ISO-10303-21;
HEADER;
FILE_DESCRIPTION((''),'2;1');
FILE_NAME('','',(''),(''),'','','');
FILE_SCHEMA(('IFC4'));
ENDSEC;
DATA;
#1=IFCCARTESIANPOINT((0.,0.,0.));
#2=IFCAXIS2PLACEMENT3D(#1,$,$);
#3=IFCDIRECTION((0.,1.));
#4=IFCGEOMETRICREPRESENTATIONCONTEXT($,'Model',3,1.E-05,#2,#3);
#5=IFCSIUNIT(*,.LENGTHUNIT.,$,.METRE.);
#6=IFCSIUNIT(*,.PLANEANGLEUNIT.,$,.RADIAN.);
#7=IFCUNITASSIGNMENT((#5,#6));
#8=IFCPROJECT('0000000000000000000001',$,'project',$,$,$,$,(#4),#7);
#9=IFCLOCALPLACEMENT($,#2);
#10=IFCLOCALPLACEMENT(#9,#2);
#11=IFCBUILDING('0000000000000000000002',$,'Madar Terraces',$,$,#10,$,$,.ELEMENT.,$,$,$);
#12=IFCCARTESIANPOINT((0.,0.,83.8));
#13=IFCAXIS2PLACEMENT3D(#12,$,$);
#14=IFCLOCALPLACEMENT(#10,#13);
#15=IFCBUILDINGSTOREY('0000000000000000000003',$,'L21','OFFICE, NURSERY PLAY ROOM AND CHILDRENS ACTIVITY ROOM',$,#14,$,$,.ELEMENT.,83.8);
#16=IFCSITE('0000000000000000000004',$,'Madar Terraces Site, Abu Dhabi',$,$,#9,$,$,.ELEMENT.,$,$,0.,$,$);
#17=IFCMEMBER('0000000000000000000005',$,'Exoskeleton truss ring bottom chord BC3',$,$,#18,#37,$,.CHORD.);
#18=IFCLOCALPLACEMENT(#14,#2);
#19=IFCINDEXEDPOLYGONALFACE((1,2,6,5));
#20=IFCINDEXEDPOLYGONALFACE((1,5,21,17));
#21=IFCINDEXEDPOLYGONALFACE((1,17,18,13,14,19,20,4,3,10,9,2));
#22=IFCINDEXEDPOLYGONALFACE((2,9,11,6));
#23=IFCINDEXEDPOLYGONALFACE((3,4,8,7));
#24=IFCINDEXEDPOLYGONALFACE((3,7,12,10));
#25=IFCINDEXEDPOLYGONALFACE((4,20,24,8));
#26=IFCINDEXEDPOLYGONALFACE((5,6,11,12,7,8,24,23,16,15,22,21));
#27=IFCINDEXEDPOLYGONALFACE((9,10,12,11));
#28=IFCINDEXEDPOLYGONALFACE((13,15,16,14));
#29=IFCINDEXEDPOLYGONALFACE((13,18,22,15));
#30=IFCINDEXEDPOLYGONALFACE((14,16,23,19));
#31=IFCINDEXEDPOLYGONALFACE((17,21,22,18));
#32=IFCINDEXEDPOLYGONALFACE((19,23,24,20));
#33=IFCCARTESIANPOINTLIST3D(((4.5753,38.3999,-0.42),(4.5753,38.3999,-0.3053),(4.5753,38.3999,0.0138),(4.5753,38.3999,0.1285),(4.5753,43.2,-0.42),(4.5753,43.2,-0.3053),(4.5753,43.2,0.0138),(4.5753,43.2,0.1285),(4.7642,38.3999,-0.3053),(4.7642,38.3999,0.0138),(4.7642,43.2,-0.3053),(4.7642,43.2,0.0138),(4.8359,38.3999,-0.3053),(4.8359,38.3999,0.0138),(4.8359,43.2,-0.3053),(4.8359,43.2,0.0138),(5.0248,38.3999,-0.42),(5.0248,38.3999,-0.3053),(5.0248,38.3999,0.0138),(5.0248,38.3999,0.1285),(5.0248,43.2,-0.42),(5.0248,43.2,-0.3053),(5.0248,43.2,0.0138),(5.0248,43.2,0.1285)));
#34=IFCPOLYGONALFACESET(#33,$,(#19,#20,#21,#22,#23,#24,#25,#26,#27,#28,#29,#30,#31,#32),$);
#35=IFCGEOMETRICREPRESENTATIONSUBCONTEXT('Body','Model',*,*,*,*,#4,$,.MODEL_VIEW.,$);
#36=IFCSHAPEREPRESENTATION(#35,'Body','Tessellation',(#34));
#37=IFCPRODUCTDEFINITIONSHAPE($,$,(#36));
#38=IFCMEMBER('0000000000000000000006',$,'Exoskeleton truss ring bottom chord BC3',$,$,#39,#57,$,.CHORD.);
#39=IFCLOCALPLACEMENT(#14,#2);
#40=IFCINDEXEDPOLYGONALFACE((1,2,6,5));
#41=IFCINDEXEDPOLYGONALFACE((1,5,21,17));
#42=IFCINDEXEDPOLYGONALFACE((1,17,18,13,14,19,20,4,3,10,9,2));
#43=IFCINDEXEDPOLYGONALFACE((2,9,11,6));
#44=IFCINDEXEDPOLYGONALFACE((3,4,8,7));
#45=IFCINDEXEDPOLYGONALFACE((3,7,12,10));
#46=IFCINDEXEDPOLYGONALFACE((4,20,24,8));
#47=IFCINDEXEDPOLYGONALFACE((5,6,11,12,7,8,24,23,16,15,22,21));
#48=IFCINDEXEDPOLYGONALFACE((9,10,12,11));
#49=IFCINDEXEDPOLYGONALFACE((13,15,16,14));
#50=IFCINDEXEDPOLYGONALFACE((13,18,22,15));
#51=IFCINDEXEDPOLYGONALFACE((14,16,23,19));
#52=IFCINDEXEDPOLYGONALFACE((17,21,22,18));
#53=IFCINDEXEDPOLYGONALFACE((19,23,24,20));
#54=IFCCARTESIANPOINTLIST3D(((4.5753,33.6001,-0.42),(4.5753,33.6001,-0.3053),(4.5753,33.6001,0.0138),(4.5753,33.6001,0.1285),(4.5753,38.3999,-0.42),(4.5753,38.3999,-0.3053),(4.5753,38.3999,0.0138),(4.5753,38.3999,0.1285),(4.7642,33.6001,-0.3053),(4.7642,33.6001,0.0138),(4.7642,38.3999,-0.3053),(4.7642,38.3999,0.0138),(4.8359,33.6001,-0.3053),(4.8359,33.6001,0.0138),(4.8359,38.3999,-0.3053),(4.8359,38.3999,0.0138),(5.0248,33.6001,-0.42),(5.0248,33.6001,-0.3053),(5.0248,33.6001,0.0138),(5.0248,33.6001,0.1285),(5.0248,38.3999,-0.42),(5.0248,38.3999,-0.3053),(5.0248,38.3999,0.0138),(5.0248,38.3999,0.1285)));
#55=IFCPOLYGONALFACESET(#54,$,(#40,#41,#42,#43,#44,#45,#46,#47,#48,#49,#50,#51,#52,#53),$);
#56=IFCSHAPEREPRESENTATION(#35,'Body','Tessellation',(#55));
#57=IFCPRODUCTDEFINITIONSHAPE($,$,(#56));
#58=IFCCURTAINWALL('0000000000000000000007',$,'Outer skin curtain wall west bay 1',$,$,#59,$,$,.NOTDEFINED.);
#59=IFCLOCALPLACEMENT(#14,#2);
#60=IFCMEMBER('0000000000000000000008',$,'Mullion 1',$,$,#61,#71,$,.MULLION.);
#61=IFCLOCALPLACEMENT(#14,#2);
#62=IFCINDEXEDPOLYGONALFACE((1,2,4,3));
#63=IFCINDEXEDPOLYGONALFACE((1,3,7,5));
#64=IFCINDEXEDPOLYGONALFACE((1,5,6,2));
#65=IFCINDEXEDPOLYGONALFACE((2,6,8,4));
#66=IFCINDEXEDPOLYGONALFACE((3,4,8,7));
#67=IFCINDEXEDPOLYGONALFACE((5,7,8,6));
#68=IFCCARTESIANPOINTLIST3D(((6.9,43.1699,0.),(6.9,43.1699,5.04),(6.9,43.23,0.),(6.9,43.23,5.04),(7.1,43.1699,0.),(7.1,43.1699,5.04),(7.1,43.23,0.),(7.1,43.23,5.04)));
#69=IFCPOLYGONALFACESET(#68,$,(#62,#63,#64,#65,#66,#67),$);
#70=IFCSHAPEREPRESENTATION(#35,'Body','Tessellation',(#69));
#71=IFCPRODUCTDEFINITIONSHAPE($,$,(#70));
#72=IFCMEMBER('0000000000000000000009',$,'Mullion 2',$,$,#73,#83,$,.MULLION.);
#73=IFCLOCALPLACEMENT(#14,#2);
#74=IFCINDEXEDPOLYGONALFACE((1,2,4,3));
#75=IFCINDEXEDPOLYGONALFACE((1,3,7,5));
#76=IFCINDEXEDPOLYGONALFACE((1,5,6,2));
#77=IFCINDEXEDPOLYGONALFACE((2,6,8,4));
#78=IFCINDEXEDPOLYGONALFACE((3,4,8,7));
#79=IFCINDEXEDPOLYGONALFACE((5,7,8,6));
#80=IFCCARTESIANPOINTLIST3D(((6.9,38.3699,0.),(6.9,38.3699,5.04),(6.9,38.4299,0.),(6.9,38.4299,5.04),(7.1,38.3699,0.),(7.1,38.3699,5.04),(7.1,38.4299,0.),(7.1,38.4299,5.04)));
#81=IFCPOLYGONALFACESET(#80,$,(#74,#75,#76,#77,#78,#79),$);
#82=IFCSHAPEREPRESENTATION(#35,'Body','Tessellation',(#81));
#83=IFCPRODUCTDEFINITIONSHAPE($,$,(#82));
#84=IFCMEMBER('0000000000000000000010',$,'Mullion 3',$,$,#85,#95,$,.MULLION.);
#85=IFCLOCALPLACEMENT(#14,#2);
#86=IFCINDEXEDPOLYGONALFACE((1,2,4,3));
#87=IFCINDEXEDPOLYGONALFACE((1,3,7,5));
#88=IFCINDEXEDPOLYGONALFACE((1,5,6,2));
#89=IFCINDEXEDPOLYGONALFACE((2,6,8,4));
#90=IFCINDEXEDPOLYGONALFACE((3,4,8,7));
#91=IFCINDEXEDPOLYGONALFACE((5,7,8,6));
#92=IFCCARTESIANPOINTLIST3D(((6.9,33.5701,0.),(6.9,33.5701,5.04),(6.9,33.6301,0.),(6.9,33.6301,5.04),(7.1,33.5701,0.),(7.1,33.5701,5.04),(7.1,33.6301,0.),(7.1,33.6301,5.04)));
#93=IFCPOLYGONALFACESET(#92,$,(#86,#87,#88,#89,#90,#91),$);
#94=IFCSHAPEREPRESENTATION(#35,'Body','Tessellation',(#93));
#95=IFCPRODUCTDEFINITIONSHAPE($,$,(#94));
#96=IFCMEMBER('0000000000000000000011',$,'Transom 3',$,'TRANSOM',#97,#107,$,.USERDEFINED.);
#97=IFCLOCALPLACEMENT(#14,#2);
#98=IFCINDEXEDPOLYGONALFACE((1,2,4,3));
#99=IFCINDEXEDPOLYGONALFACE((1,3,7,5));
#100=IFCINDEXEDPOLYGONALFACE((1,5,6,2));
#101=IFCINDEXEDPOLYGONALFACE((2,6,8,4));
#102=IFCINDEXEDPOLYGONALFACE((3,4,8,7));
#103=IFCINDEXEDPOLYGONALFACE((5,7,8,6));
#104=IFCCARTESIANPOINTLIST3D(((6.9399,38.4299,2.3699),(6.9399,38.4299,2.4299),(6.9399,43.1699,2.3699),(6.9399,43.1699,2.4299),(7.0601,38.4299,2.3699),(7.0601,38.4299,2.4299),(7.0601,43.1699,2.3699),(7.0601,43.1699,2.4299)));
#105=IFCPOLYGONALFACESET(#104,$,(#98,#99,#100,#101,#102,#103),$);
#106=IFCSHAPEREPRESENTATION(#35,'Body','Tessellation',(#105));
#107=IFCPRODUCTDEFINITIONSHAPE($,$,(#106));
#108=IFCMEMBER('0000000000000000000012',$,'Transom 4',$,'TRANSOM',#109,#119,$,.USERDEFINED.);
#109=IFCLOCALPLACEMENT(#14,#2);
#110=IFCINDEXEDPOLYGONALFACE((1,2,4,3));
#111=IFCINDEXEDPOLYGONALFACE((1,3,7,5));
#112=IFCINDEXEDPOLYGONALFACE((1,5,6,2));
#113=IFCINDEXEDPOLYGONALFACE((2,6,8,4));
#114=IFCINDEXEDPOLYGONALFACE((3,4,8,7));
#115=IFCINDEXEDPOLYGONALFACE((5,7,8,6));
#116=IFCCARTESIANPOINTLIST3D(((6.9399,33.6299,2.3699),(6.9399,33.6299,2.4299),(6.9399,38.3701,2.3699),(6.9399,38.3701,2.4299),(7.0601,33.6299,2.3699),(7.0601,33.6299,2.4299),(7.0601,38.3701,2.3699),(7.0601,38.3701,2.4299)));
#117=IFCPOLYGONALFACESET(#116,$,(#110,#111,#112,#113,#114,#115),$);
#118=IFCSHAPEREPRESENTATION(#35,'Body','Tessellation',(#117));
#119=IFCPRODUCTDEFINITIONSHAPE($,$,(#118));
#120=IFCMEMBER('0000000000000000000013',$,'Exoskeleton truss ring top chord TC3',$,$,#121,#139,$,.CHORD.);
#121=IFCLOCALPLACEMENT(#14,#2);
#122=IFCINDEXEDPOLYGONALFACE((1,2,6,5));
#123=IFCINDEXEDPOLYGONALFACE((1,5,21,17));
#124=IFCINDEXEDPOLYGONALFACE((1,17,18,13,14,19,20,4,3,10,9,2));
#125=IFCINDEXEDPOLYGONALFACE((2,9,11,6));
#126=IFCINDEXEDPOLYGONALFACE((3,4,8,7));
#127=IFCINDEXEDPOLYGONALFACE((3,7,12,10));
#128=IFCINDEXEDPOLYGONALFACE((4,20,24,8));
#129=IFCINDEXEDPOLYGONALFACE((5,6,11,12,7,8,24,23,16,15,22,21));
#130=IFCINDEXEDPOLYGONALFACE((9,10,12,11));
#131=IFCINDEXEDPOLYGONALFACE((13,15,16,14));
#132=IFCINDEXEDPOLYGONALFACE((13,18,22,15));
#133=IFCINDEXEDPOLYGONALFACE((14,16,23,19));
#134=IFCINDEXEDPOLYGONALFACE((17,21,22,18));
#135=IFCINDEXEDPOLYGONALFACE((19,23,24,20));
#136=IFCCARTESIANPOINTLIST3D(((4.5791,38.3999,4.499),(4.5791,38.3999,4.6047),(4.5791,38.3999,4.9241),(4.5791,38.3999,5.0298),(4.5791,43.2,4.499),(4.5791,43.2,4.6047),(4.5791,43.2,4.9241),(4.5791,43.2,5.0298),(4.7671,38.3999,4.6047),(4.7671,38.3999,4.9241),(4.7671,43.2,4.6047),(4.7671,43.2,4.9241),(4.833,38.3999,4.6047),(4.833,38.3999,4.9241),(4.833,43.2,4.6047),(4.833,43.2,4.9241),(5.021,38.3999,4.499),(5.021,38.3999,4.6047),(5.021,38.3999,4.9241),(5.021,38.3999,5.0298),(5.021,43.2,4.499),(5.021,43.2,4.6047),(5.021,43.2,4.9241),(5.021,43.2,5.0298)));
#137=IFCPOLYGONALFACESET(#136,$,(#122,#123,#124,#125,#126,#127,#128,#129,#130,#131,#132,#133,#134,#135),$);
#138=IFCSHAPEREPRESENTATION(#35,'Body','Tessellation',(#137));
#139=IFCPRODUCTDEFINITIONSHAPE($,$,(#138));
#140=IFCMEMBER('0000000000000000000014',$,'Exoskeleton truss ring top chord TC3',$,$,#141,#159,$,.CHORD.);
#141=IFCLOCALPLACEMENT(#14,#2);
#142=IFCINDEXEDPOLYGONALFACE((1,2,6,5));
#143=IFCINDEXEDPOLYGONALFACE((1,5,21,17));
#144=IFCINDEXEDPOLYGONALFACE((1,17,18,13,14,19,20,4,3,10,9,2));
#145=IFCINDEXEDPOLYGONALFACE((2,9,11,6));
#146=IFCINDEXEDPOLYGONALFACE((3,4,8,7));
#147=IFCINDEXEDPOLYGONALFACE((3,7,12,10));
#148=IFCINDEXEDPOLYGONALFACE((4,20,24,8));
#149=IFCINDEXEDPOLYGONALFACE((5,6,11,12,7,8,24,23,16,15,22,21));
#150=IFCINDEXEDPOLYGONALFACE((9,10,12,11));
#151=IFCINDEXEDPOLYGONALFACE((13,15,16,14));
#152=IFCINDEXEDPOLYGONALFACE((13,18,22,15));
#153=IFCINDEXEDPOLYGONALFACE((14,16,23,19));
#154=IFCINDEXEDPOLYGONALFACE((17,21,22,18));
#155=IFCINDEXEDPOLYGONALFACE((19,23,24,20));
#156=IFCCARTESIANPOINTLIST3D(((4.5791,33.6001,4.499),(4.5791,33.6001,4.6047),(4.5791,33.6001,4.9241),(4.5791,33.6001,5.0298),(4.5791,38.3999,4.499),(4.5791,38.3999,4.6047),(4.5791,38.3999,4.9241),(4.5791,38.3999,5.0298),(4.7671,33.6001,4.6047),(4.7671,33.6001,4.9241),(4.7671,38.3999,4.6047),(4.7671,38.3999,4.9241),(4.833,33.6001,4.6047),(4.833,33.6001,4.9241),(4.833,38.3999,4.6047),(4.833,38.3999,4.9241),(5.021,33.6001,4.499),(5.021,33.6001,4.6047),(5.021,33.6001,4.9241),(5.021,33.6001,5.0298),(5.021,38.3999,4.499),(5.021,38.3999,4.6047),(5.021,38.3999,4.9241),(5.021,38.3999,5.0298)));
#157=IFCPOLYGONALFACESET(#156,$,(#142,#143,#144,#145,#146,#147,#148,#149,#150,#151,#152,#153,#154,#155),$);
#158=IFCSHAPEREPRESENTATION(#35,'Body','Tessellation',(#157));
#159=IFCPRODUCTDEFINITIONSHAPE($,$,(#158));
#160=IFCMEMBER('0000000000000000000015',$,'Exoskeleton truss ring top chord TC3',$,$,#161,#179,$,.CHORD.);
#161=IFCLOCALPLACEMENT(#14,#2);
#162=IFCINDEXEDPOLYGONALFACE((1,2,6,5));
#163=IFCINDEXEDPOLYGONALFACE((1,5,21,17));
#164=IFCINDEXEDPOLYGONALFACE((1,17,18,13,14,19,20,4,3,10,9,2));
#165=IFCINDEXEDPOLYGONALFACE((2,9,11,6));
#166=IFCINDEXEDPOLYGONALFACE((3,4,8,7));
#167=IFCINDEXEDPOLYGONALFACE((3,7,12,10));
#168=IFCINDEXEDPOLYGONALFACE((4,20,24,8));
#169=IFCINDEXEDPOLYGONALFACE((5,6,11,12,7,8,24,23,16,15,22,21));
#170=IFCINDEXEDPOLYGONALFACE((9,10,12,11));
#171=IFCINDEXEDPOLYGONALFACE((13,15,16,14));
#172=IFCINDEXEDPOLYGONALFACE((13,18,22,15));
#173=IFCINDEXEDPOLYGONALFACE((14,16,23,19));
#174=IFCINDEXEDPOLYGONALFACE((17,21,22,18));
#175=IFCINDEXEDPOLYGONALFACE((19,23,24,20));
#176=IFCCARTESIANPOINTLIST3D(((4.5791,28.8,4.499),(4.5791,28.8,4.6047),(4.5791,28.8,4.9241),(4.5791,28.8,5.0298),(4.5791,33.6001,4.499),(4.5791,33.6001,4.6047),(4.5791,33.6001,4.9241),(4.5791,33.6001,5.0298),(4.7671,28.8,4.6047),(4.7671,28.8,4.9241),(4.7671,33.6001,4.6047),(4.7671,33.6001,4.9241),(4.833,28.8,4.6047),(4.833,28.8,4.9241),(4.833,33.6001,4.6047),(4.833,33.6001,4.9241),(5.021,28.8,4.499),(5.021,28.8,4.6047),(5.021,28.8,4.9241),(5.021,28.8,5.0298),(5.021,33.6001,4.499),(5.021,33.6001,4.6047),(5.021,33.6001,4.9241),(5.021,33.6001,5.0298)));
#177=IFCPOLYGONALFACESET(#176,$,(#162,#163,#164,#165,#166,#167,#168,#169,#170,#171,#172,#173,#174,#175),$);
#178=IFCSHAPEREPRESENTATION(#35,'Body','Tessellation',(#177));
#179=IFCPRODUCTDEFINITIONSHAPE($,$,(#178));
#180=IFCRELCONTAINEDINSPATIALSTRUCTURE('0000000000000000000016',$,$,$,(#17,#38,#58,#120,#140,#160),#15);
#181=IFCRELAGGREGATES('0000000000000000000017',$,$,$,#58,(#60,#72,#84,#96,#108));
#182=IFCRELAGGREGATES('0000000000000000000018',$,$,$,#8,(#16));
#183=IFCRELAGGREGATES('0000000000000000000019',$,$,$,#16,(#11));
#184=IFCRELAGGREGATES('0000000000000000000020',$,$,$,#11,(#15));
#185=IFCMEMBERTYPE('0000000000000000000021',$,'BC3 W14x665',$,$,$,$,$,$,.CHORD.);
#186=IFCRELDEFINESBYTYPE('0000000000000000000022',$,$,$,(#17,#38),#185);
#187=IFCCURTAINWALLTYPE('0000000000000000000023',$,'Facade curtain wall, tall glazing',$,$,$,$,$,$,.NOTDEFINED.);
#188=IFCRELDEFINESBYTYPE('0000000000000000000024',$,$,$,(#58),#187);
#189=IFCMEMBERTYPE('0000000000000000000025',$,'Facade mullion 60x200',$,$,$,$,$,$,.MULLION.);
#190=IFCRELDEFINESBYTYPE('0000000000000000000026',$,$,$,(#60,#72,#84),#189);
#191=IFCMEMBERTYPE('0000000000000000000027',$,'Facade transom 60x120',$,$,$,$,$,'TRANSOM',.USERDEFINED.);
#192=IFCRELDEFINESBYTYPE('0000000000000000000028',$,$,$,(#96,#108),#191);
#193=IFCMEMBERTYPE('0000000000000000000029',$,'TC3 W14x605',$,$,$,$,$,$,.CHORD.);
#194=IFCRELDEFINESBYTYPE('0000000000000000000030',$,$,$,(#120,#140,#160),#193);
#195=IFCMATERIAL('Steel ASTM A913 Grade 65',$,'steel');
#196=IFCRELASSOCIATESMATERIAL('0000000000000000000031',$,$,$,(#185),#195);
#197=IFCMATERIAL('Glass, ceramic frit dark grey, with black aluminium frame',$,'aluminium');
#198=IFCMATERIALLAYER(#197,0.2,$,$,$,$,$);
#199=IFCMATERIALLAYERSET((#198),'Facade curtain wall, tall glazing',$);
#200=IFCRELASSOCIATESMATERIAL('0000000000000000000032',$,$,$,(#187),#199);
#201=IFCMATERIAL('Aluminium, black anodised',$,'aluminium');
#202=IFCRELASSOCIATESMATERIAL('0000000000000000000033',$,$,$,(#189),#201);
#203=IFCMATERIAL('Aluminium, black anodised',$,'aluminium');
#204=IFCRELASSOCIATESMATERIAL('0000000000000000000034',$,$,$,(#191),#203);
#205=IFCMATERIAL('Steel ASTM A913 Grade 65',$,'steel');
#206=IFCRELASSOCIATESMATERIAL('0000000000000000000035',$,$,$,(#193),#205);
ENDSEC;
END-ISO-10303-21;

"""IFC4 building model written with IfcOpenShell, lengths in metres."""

from ifc_helpers import new_model, si_unit, direction, frame, origin, origin_2d, place, context, subcontext, project, spatial, rectangle, i_section, extrude, material, layer, layer_set, material_profile, profile_set, type_object, element, aggregate, save


model = new_model("IFC4")

# Units and contexts
model_context = context("Model", 3, precision=1e-05, world=origin(), true_north=direction((0.0, 1.0)))
body_context = subcontext(model_context, "Body", "Model", "MODEL_VIEW")
ifc_project = project(units=[si_unit("LENGTHUNIT", "METRE"), si_unit("PLANEANGLEUNIT", "RADIAN")], contexts=[model_context])

# Site, building, storey
site_placement = place(None, origin())
site = spatial("IfcSite", under=ifc_project, at=site_placement, Name="Madar Terraces Site, Abu Dhabi", CompositionType="ELEMENT", RefElevation=0.0)
building_placement = place(site_placement, origin())
building = spatial("IfcBuilding", under=site, at=building_placement, Name="Madar Terraces", CompositionType="ELEMENT")
storey_placement = place(building_placement, frame((0.0, 0.0, 83.8)))
storey = spatial("IfcBuildingStorey", under=building, at=storey_placement, Name="L21", Description="OFFICE, NURSERY PLAY ROOM AND CHILDRENS ACTIVITY ROOM", CompositionType="ELEMENT", Elevation=83.8)

# Members
ifc_material_1 = material(Name="Steel ASTM A913 Grade 65", Category="steel")
ifc_material_profile_1 = material_profile(ifc_material_1, i_section(OverallWidth=0.4495, OverallDepth=0.5486, WebThickness=0.0718, FlangeThickness=0.1147, at=origin_2d()), Name="W14x665")
ifc_profile_set_1 = profile_set([ifc_material_profile_1], Name="Steel ASTM A913 Grade 65")
member_type_1 = type_object("IfcMemberType", Name="BC3 W14x665", PredefinedType="CHORD", material=ifc_profile_set_1)
member_1_placement = place(storey_placement, frame((4.8, 43.2, -0.1458), z_axis=(0.0, -1.0, 0.0), x_axis=(1.0, 0.0, 0.0)))
element("IfcMember", 1, at=member_1_placement, inside=storey, type_object=member_type_1, Name="Exoskeleton truss ring bottom chord BC3", PredefinedType="CHORD", context=body_context, shape_type="SweptSolid", body=[
    extrude(i_section(OverallWidth=0.4495, OverallDepth=0.5486, WebThickness=0.0718, FlangeThickness=0.1147, at=origin_2d()), origin(), (0.0, 0.0, 1.0), 4.8),
])
member_2_placement = place(storey_placement, frame((4.8, 38.3999, -0.1458), z_axis=(0.0, -1.0, 0.0), x_axis=(1.0, 0.0, 0.0)))
element("IfcMember", 2, at=member_2_placement, inside=storey, type_object=member_type_1, Name="Exoskeleton truss ring bottom chord BC3", PredefinedType="CHORD", context=body_context, shape_type="SweptSolid", body=[
    extrude(i_section(OverallWidth=0.4495, OverallDepth=0.5486, WebThickness=0.0718, FlangeThickness=0.1147, at=origin_2d()), origin(), (0.0, 0.0, 1.0), 4.7998),
])

# Curtain wall, members
ifc_material_2 = material(Name="Glass, ceramic frit dark grey, with black aluminium frame", Category="aluminium")
ifc_layer_1 = layer(ifc_material_2, 0.2)
ifc_layer_set_1 = layer_set([ifc_layer_1], Name="Facade curtain wall, tall glazing")
curtain_wall_type = type_object("IfcCurtainWallType", Name="Facade curtain wall, tall glazing", PredefinedType="NOTDEFINED", material=ifc_layer_set_1)
curtain_wall_placement = place(storey_placement, origin())
curtain_wall = element("IfcCurtainWall", 3, at=curtain_wall_placement, inside=storey, type_object=curtain_wall_type, Name="Outer skin curtain wall west bay 1", PredefinedType="NOTDEFINED")
ifc_material_3 = material(Name="Aluminium, black anodised", Category="aluminium")
ifc_material_profile_2 = material_profile(ifc_material_3, rectangle(XDim=0.2, YDim=0.0601, at=origin_2d()), Name="Facade mullion 60x200")
ifc_profile_set_2 = profile_set([ifc_material_profile_2], Name="Aluminium, black anodised")
member_type_2 = type_object("IfcMemberType", Name="Facade mullion 60x200", PredefinedType="MULLION", material=ifc_profile_set_2)
member_3_placement = place(storey_placement, frame((7.0, 43.2, 0.0), z_axis=(0.0, 0.0, 1.0), x_axis=(1.0, 0.0, 0.0)))
member_3 = element("IfcMember", 4, at=member_3_placement, type_object=member_type_2, Name="Mullion 1", PredefinedType="MULLION", context=body_context, shape_type="SweptSolid", body=[
    extrude(rectangle(XDim=0.2, YDim=0.0601, at=origin_2d()), origin(), (0.0, 0.0, 1.0), 5.04),
])
member_4_placement = place(storey_placement, frame((7.0, 38.3999, 0.0), z_axis=(0.0, 0.0, 1.0), x_axis=(1.0, 0.0, 0.0)))
member_4 = element("IfcMember", 5, at=member_4_placement, type_object=member_type_2, Name="Mullion 2", PredefinedType="MULLION", context=body_context, shape_type="SweptSolid", body=[
    extrude(rectangle(XDim=0.2, YDim=0.0601, at=origin_2d()), origin(), (0.0, 0.0, 1.0), 5.04),
])
member_5_placement = place(storey_placement, frame((7.0, 33.6001, 0.0), z_axis=(0.0, 0.0, 1.0), x_axis=(1.0, 0.0, 0.0)))
member_5 = element("IfcMember", 6, at=member_5_placement, type_object=member_type_2, Name="Mullion 3", PredefinedType="MULLION", context=body_context, shape_type="SweptSolid", body=[
    extrude(rectangle(XDim=0.2, YDim=0.0601, at=origin_2d()), origin(), (0.0, 0.0, 1.0), 5.04),
])
ifc_material_4 = material(Name="Aluminium, black anodised", Category="aluminium")
ifc_material_profile_3 = material_profile(ifc_material_4, rectangle(XDim=0.1201, YDim=0.0601, at=origin_2d()), Name="Facade transom 60x120")
ifc_profile_set_3 = profile_set([ifc_material_profile_3], Name="Aluminium, black anodised")
member_type_3 = type_object("IfcMemberType", Name="Facade transom 60x120", ElementType="TRANSOM", PredefinedType="USERDEFINED", material=ifc_profile_set_3)
member_6_placement = place(storey_placement, frame((7.0, 43.1699, 2.3999), z_axis=(0.0, -1.0, 0.0), x_axis=(1.0, 0.0, 0.0)))
member_6 = element("IfcMember", 7, at=member_6_placement, type_object=member_type_3, Name="Transom 3", ObjectType="TRANSOM", PredefinedType="USERDEFINED", context=body_context, shape_type="SweptSolid", body=[
    extrude(rectangle(XDim=0.1201, YDim=0.0601, at=origin_2d()), origin(), (0.0, 0.0, 1.0), 4.74),
])
member_7_placement = place(storey_placement, frame((7.0, 38.3701, 2.3999), z_axis=(0.0, -1.0, 0.0), x_axis=(1.0, 0.0, 0.0)))
member_7 = element("IfcMember", 8, at=member_7_placement, type_object=member_type_3, Name="Transom 4", ObjectType="TRANSOM", PredefinedType="USERDEFINED", context=body_context, shape_type="SweptSolid", body=[
    extrude(rectangle(XDim=0.1201, YDim=0.0601, at=origin_2d()), origin(), (0.0, 0.0, 1.0), 4.7402),
])

# Members
ifc_material_5 = material(Name="Steel ASTM A913 Grade 65", Category="steel")
ifc_material_profile_4 = material_profile(ifc_material_5, i_section(OverallWidth=0.4419, OverallDepth=0.5308, WebThickness=0.0659, FlangeThickness=0.1057, at=origin_2d()), Name="W14x605")
ifc_profile_set_4 = profile_set([ifc_material_profile_4], Name="Steel ASTM A913 Grade 65")
member_type_4 = type_object("IfcMemberType", Name="TC3 W14x605", PredefinedType="CHORD", material=ifc_profile_set_4)
member_8_placement = place(storey_placement, frame((4.8, 43.2, 4.7644), z_axis=(0.0, -1.0, 0.0), x_axis=(1.0, 0.0, 0.0)))
element("IfcMember", 9, at=member_8_placement, inside=storey, type_object=member_type_4, Name="Exoskeleton truss ring top chord TC3", PredefinedType="CHORD", context=body_context, shape_type="SweptSolid", body=[
    extrude(i_section(OverallWidth=0.4419, OverallDepth=0.5308, WebThickness=0.0659, FlangeThickness=0.1057, at=origin_2d()), origin(), (0.0, 0.0, 1.0), 4.8),
])
member_9_placement = place(storey_placement, frame((4.8, 38.3999, 4.7644), z_axis=(0.0, -1.0, 0.0), x_axis=(1.0, 0.0, 0.0)))
element("IfcMember", 10, at=member_9_placement, inside=storey, type_object=member_type_4, Name="Exoskeleton truss ring top chord TC3", PredefinedType="CHORD", context=body_context, shape_type="SweptSolid", body=[
    extrude(i_section(OverallWidth=0.4419, OverallDepth=0.5308, WebThickness=0.0659, FlangeThickness=0.1057, at=origin_2d()), origin(), (0.0, 0.0, 1.0), 4.7998),
])
member_10_placement = place(storey_placement, frame((4.8, 33.6001, 4.7644), z_axis=(0.0, -1.0, 0.0), x_axis=(1.0, 0.0, 0.0)))
element("IfcMember", 11, at=member_10_placement, inside=storey, type_object=member_type_4, Name="Exoskeleton truss ring top chord TC3", PredefinedType="CHORD", context=body_context, shape_type="SweptSolid", body=[
    extrude(i_section(OverallWidth=0.4419, OverallDepth=0.5308, WebThickness=0.0659, FlangeThickness=0.1057, at=origin_2d()), origin(), (0.0, 0.0, 1.0), 4.8),
])

aggregate(curtain_wall, [member_3, member_4, member_5, member_6, member_7])

save(model, "model.ifc")
